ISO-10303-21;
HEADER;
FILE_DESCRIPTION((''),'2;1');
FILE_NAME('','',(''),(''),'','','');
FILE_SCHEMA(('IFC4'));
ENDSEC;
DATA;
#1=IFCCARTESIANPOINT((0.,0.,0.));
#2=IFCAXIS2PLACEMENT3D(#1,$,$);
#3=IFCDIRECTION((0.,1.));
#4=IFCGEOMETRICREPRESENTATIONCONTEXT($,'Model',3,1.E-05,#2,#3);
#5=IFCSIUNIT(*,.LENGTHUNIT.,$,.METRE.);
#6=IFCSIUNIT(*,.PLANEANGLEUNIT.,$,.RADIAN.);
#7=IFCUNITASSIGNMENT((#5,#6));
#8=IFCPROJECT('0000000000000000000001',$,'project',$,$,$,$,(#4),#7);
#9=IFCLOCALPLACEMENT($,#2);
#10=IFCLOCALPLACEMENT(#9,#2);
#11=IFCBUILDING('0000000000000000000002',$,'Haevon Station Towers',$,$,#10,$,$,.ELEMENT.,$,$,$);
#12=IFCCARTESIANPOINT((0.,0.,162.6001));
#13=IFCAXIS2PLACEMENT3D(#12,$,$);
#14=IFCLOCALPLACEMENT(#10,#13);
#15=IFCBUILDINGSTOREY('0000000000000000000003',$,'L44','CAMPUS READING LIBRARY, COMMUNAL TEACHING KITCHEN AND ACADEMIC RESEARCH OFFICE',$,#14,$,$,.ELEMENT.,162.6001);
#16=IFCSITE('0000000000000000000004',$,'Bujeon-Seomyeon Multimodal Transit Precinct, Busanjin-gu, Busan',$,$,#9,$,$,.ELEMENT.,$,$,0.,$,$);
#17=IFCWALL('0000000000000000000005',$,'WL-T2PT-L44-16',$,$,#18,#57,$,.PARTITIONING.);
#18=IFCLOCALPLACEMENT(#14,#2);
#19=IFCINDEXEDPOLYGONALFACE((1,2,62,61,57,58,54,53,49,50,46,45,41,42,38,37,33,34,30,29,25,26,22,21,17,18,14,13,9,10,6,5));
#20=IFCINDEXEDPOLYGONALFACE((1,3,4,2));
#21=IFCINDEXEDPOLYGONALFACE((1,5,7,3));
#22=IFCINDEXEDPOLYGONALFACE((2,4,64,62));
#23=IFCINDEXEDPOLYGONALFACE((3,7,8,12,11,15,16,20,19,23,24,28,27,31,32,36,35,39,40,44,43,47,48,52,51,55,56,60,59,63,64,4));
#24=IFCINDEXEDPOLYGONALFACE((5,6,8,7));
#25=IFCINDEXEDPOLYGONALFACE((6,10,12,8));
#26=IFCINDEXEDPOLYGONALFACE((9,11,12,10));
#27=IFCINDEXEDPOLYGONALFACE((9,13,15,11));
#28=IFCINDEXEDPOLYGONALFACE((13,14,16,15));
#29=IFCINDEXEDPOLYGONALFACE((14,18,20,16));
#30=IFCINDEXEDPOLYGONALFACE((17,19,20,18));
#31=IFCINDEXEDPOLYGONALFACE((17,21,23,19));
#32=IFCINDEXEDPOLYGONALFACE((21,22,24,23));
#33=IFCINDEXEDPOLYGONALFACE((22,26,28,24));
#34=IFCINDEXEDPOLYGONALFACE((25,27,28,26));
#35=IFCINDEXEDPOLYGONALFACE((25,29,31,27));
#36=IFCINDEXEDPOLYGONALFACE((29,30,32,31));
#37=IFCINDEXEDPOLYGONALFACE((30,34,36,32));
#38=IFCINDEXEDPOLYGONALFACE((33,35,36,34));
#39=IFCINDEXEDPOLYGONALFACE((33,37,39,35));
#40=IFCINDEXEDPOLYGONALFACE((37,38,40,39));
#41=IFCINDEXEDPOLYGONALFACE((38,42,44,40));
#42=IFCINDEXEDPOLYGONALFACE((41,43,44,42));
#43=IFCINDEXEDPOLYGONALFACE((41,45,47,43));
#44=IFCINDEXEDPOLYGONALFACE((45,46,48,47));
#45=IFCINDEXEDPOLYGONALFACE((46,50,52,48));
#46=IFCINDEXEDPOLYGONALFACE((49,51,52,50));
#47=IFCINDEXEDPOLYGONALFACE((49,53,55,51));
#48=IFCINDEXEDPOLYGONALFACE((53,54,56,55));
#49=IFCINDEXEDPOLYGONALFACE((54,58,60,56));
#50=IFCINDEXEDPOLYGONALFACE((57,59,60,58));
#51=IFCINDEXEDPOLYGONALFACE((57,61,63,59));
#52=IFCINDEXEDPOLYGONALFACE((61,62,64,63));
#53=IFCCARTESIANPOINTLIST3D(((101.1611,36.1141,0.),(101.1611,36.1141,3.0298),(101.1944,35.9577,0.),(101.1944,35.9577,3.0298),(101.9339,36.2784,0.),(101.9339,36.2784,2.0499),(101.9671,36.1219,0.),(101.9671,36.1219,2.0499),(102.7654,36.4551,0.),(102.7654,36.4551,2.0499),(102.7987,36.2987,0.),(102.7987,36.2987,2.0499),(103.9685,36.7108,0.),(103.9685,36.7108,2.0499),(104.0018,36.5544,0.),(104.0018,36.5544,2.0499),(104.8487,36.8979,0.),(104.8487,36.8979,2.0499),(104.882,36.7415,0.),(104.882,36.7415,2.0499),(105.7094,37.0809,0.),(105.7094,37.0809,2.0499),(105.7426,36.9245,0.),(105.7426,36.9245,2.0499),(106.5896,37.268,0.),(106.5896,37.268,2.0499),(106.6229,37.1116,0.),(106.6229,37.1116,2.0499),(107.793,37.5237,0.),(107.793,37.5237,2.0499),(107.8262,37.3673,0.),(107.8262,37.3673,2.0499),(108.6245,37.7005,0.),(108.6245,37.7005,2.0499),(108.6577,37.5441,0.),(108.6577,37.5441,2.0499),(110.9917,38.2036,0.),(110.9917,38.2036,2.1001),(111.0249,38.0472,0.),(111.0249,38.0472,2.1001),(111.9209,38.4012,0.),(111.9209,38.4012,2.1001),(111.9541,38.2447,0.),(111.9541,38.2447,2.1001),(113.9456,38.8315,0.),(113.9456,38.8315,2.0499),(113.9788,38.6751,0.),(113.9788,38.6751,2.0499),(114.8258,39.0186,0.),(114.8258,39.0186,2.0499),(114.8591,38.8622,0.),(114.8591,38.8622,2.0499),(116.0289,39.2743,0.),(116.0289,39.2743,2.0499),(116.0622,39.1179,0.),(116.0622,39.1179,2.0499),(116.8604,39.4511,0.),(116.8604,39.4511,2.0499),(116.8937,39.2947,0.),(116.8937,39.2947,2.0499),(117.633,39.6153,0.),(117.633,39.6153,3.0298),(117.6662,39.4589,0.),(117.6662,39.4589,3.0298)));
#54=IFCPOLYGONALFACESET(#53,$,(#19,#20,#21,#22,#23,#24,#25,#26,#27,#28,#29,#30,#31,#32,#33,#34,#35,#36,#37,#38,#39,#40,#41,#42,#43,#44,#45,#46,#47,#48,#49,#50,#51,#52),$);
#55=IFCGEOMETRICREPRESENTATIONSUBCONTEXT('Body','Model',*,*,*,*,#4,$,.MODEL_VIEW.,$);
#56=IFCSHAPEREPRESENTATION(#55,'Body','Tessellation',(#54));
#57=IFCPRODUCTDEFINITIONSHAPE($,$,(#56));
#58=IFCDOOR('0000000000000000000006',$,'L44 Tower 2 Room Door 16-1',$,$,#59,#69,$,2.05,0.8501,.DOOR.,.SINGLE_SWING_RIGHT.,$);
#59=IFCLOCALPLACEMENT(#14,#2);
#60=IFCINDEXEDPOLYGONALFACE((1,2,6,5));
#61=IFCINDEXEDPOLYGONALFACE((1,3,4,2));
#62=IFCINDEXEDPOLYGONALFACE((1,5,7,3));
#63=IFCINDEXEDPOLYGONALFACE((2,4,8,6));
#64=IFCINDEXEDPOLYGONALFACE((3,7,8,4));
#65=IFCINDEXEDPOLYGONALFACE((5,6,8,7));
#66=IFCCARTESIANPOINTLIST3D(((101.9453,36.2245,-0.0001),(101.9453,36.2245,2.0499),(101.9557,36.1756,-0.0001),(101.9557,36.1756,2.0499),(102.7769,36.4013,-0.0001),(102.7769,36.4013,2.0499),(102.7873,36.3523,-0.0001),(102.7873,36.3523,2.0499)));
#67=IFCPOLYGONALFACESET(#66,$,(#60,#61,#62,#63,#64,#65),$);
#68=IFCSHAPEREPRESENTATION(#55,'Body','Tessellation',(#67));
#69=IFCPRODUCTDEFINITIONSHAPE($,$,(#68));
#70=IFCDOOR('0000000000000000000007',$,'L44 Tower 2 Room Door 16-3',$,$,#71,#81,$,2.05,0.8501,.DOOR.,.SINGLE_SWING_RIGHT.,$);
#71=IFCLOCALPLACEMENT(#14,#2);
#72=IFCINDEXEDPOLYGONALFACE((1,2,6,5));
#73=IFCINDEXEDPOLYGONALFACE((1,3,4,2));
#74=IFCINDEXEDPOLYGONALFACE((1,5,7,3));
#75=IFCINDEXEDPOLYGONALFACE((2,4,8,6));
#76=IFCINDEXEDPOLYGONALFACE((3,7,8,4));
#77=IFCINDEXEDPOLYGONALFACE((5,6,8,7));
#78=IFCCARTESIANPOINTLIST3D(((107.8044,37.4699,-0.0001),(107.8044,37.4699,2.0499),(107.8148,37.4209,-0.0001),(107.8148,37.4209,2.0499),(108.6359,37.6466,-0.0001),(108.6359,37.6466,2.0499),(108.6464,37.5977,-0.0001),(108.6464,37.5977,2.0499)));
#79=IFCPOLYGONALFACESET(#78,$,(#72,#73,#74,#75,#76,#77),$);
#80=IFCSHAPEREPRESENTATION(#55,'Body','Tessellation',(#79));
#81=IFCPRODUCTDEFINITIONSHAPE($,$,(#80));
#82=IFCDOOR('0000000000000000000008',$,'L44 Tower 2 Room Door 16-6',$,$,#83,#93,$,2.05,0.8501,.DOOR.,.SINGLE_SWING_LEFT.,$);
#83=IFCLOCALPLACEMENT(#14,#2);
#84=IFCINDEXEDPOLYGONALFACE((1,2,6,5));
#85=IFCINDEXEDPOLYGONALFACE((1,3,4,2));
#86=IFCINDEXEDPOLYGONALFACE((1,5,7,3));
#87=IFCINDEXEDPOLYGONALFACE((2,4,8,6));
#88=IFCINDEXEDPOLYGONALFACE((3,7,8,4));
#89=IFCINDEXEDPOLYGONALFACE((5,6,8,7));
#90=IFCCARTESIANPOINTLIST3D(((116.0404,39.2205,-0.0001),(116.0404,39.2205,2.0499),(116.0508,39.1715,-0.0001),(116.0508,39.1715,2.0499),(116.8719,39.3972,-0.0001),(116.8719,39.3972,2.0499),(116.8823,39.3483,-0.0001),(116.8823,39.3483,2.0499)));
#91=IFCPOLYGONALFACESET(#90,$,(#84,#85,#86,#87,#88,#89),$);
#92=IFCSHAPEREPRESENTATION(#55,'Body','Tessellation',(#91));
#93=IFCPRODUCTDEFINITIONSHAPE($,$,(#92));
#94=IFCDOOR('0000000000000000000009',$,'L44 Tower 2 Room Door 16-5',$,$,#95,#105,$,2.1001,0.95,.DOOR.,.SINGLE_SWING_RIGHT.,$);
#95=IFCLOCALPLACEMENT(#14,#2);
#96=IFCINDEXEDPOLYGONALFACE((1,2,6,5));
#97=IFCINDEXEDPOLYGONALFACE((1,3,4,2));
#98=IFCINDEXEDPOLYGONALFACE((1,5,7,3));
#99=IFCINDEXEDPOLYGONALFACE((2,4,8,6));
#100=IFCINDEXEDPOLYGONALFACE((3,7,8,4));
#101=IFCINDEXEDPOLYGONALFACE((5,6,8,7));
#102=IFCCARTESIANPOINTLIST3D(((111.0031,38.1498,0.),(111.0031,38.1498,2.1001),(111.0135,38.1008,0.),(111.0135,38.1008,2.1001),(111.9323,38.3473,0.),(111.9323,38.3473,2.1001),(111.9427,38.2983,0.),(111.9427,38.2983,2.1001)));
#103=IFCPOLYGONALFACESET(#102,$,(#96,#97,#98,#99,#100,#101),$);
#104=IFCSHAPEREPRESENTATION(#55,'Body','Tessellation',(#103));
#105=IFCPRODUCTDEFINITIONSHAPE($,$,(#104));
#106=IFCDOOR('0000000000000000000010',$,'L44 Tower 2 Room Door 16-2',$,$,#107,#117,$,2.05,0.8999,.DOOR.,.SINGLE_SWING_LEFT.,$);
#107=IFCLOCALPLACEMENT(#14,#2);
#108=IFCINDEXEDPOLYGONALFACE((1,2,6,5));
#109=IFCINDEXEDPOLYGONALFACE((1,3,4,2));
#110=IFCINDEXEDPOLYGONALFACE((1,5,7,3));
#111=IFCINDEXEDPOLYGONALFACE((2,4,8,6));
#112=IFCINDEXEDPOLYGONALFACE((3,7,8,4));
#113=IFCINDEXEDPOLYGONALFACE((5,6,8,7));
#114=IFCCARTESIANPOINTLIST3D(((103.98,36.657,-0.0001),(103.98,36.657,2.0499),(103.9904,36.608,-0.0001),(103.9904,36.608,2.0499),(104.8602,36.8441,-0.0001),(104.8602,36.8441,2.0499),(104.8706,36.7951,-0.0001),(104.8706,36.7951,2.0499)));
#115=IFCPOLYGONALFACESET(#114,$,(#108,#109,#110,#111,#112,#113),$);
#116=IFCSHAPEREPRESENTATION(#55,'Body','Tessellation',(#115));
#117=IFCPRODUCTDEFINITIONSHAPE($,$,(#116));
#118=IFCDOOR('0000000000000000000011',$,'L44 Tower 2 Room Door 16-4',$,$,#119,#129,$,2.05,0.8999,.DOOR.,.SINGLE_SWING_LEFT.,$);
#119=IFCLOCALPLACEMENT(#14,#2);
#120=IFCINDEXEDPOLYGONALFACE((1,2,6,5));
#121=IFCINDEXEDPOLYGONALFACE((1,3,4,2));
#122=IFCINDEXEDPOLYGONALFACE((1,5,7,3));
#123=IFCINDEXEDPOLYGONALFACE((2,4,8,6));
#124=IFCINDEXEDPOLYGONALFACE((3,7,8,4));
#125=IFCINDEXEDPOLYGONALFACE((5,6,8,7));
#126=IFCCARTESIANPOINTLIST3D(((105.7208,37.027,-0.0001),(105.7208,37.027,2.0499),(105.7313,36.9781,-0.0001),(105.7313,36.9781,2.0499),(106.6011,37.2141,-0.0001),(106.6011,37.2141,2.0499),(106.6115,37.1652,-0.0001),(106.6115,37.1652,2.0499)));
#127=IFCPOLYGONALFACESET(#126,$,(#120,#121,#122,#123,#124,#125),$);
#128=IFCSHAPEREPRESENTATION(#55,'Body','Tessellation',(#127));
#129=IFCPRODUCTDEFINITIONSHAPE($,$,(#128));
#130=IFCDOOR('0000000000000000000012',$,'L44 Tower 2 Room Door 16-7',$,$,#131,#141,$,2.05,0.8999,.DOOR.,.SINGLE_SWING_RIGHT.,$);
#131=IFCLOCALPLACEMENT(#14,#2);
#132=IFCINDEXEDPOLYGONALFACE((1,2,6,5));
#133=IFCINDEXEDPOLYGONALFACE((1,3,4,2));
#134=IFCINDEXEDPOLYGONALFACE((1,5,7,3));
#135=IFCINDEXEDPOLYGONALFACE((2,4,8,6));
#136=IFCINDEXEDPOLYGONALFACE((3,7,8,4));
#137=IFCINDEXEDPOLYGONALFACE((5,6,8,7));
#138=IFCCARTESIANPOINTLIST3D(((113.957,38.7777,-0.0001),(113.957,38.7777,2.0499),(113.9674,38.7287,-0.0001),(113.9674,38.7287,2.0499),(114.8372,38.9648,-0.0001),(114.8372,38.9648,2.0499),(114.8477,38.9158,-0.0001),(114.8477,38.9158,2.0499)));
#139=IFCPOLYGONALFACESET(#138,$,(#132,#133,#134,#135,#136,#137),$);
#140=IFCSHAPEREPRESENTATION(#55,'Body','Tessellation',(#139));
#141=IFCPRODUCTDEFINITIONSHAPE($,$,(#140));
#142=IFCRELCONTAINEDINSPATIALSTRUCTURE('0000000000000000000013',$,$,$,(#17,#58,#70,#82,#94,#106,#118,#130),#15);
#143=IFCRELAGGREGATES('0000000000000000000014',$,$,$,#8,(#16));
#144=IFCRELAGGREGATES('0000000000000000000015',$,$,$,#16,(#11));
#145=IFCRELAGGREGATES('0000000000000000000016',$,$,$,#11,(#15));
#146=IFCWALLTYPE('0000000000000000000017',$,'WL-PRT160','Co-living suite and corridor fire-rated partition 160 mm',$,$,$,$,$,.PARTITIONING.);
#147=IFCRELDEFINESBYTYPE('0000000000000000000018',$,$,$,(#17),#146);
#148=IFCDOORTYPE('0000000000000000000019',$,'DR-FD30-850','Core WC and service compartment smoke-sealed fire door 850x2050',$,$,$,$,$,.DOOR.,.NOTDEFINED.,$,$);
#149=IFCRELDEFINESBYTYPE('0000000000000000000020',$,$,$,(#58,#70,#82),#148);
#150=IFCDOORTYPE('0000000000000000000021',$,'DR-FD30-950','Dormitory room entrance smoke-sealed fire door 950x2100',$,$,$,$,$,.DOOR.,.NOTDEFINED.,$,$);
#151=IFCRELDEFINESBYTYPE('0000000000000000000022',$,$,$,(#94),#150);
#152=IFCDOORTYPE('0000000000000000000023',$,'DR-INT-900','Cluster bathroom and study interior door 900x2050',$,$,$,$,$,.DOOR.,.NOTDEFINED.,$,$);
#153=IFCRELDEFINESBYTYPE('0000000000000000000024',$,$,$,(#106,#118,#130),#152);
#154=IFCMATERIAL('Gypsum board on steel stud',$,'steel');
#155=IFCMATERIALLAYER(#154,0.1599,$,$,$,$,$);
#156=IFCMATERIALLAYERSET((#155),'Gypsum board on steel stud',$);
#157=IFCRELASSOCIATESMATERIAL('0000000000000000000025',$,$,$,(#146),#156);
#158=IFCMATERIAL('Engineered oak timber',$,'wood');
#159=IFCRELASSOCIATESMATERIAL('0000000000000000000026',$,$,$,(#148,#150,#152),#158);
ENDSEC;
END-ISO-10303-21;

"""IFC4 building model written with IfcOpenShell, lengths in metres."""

from ifc_helpers import new_model, si_unit, direction, frame, frame_2d, origin, place, context, subcontext, project, spatial, rectangle, extrude, material, layer, layer_set, type_object, element, fill, save


model = new_model("IFC4")

# Units and contexts
model_context = context("Model", 3, precision=1e-05, world=origin(), true_north=direction((0.0, 1.0)))
body_context = subcontext(model_context, "Body", "Model", "MODEL_VIEW")
ifc_project = project(units=[si_unit("LENGTHUNIT", "METRE"), si_unit("PLANEANGLEUNIT", "RADIAN")], contexts=[model_context])

# Site, building, storey
site_placement = place(None, origin())
site = spatial("IfcSite", under=ifc_project, at=site_placement, Name="Bujeon-Seomyeon Multimodal Transit Precinct, Busanjin-gu, Busan", CompositionType="ELEMENT", RefElevation=0.0)
building_placement = place(site_placement, origin())
building = spatial("IfcBuilding", under=site, at=building_placement, Name="Haevon Station Towers", CompositionType="ELEMENT")
storey_placement = place(building_placement, frame((0.0, 0.0, 162.6001)))
storey = spatial("IfcBuildingStorey", under=building, at=storey_placement, Name="L44", Description="CAMPUS READING LIBRARY, COMMUNAL TEACHING KITCHEN AND ACADEMIC RESEARCH OFFICE", CompositionType="ELEMENT", Elevation=162.6001)

# Shared definitions
ifc_material_1 = material(Name="Gypsum board on steel stud", Category="steel")

# Wall, openings, doors
ifc_layer_1 = layer(ifc_material_1, 0.1599)
ifc_layer_set_1 = layer_set([ifc_layer_1], Name="Gypsum board on steel stud")
wall_type_1 = type_object("IfcWallType", Name="WL-PRT160", Description="Co-living suite and corridor fire-rated partition 160 mm", PredefinedType="PARTITIONING", material=ifc_layer_set_1)
wall_1_placement = place(storey_placement, frame((101.1777, 36.0359, 0.0), z_axis=(0.0, 0.0, 1.0), x_axis=(0.978148, 0.207912, 0.0)))
wall_1 = element("IfcWall", 1, at=wall_1_placement, inside=storey, type_object=wall_type_1, Name="WL-T2PT-L44-16", PredefinedType="PARTITIONING", context=body_context, shape_type="SweptSolid", body=[
    extrude(rectangle(XDim=16.8398, YDim=0.1599, at=frame_2d((8.4199, 0.0))), origin(), (0.0, 0.0, 1.0), 3.0298),
])
opening_1_placement = place(wall_1_placement, frame((0.79, 0.0, 0.0)))
opening_1 = element("IfcOpeningElement", 2, at=opening_1_placement, cuts=wall_1, PredefinedType="OPENING", context=body_context, shape_type="SweptSolid", body=[
    extrude(rectangle(XDim=0.8501, YDim=2.05, at=frame_2d((0.425, 1.0249))), frame((0.0, 0.0898, 0.0), z_axis=(0.0, -1.0, 0.0), x_axis=(1.0, 0.0, 0.0)), (0.0, 0.0, 1.0), 0.1799),
])
opening_2_placement = place(wall_1_placement, frame((2.8701, 0.0, 0.0)))
opening_2 = element("IfcOpeningElement", 3, at=opening_2_placement, cuts=wall_1, PredefinedType="OPENING", context=body_context, shape_type="SweptSolid", body=[
    extrude(rectangle(XDim=0.8999, YDim=2.05, at=frame_2d((0.45, 1.0249))), frame((0.0, 0.0898, 0.0), z_axis=(0.0, -1.0, 0.0), x_axis=(1.0, 0.0, 0.0)), (0.0, 0.0, 1.0), 0.1799),
])
opening_3_placement = place(wall_1_placement, frame((6.78, 0.0, 0.0)))
opening_3 = element("IfcOpeningElement", 4, at=opening_3_placement, cuts=wall_1, PredefinedType="OPENING", context=body_context, shape_type="SweptSolid", body=[
    extrude(rectangle(XDim=0.8501, YDim=2.05, at=frame_2d((0.425, 1.0249))), frame((0.0, 0.0898, 0.0), z_axis=(0.0, -1.0, 0.0), x_axis=(1.0, 0.0, 0.0)), (0.0, 0.0, 1.0), 0.1799),
])
opening_4_placement = place(wall_1_placement, frame((4.6499, 0.0, 0.0)))
opening_4 = element("IfcOpeningElement", 5, at=opening_4_placement, cuts=wall_1, PredefinedType="OPENING", context=body_context, shape_type="SweptSolid", body=[
    extrude(rectangle(XDim=0.8999, YDim=2.05, at=frame_2d((0.45, 1.0249))), frame((0.0, 0.0898, 0.0), z_axis=(0.0, -1.0, 0.0), x_axis=(1.0, 0.0, 0.0)), (0.0, 0.0, 1.0), 0.1799),
])
opening_5_placement = place(wall_1_placement, frame((10.05, 0.0, 0.0)))
opening_5 = element("IfcOpeningElement", 6, at=opening_5_placement, cuts=wall_1, PredefinedType="OPENING", context=body_context, shape_type="SweptSolid", body=[
    extrude(rectangle(XDim=0.95, YDim=2.1001, at=frame_2d((0.4751, 1.05))), frame((0.0, 0.0898, 0.0), z_axis=(0.0, -1.0, 0.0), x_axis=(1.0, 0.0, 0.0)), (0.0, 0.0, 1.0), 0.1799),
])
opening_6_placement = place(wall_1_placement, frame((15.2, 0.0, 0.0)))
opening_6 = element("IfcOpeningElement", 7, at=opening_6_placement, cuts=wall_1, PredefinedType="OPENING", context=body_context, shape_type="SweptSolid", body=[
    extrude(rectangle(XDim=0.8501, YDim=2.05, at=frame_2d((0.425, 1.0249))), frame((0.0, 0.0898, 0.0), z_axis=(0.0, -1.0, 0.0), x_axis=(1.0, 0.0, 0.0)), (0.0, 0.0, 1.0), 0.1799),
])
opening_7_placement = place(wall_1_placement, frame((13.0701, 0.0, 0.0)))
opening_7 = element("IfcOpeningElement", 8, at=opening_7_placement, cuts=wall_1, PredefinedType="OPENING", context=body_context, shape_type="SweptSolid", body=[
    extrude(rectangle(XDim=0.8999, YDim=2.05, at=frame_2d((0.45, 1.0249))), frame((0.0, 0.0898, 0.0), z_axis=(0.0, -1.0, 0.0), x_axis=(1.0, 0.0, 0.0)), (0.0, 0.0, 1.0), 0.1799),
])
ifc_material_2 = material(Name="Engineered oak timber", Category="wood")
door_type_1 = type_object("IfcDoorType", Name="DR-FD30-850", Description="Core WC and service compartment smoke-sealed fire door 850x2050", OperationType="NOTDEFINED", PredefinedType="DOOR", material=ifc_material_2)
door_1_placement = place(opening_1_placement, origin())
door_1 = element("IfcDoor", 9, at=door_1_placement, inside=storey, type_object=door_type_1, Name="L44 Tower 2 Room Door 16-1", OperationType="SINGLE_SWING_RIGHT", OverallHeight=2.05, OverallWidth=0.8501, PredefinedType="DOOR", context=body_context, shape_type="SweptSolid", body=[
    extrude(rectangle(XDim=0.8501, YDim=2.05, at=frame_2d((0.425, 1.0249))), frame((0.0, 0.0249, 0.0), z_axis=(0.0, -1.0, 0.0), x_axis=(1.0, 0.0, 0.0)), (0.0, 0.0, 1.0), 0.05),
])
fill(opening_1, door_1)
door_2_placement = place(opening_3_placement, origin())
door_2 = element("IfcDoor", 10, at=door_2_placement, inside=storey, type_object=door_type_1, Name="L44 Tower 2 Room Door 16-3", OperationType="SINGLE_SWING_RIGHT", OverallHeight=2.05, OverallWidth=0.8501, PredefinedType="DOOR", context=body_context, shape_type="SweptSolid", body=[
    extrude(rectangle(XDim=0.8501, YDim=2.05, at=frame_2d((0.425, 1.0249))), frame((0.0, 0.0249, 0.0), z_axis=(0.0, -1.0, 0.0), x_axis=(1.0, 0.0, 0.0)), (0.0, 0.0, 1.0), 0.05),
])
fill(opening_3, door_2)
door_3_placement = place(opening_6_placement, origin())
door_3 = element("IfcDoor", 11, at=door_3_placement, inside=storey, type_object=door_type_1, Name="L44 Tower 2 Room Door 16-6", OperationType="SINGLE_SWING_LEFT", OverallHeight=2.05, OverallWidth=0.8501, PredefinedType="DOOR", context=body_context, shape_type="SweptSolid", body=[
    extrude(rectangle(XDim=0.8501, YDim=2.05, at=frame_2d((0.425, 1.0249))), frame((0.0, 0.0249, 0.0), z_axis=(0.0, -1.0, 0.0), x_axis=(1.0, 0.0, 0.0)), (0.0, 0.0, 1.0), 0.05),
])
fill(opening_6, door_3)
door_type_2 = type_object("IfcDoorType", Name="DR-FD30-950", Description="Dormitory room entrance smoke-sealed fire door 950x2100", OperationType="NOTDEFINED", PredefinedType="DOOR", material=ifc_material_2)
door_4_placement = place(opening_5_placement, origin())
door_4 = element("IfcDoor", 12, at=door_4_placement, inside=storey, type_object=door_type_2, Name="L44 Tower 2 Room Door 16-5", OperationType="SINGLE_SWING_RIGHT", OverallHeight=2.1001, OverallWidth=0.95, PredefinedType="DOOR", context=body_context, shape_type="SweptSolid", body=[
    extrude(rectangle(XDim=0.95, YDim=2.1001, at=frame_2d((0.4751, 1.05))), frame((0.0, 0.0249, 0.0), z_axis=(0.0, -1.0, 0.0), x_axis=(1.0, 0.0, 0.0)), (0.0, 0.0, 1.0), 0.05),
])
fill(opening_5, door_4)
door_type_3 = type_object("IfcDoorType", Name="DR-INT-900", Description="Cluster bathroom and study interior door 900x2050", OperationType="NOTDEFINED", PredefinedType="DOOR", material=ifc_material_2)
door_5_placement = place(opening_2_placement, origin())
door_5 = element("IfcDoor", 13, at=door_5_placement, inside=storey, type_object=door_type_3, Name="L44 Tower 2 Room Door 16-2", OperationType="SINGLE_SWING_LEFT", OverallHeight=2.05, OverallWidth=0.8999, PredefinedType="DOOR", context=body_context, shape_type="SweptSolid", body=[
    extrude(rectangle(XDim=0.8999, YDim=2.05, at=frame_2d((0.45, 1.0249))), frame((0.0, 0.0249, 0.0), z_axis=(0.0, -1.0, 0.0), x_axis=(1.0, 0.0, 0.0)), (0.0, 0.0, 1.0), 0.05),
])
fill(opening_2, door_5)
door_6_placement = place(opening_4_placement, origin())
door_6 = element("IfcDoor", 14, at=door_6_placement, inside=storey, type_object=door_type_3, Name="L44 Tower 2 Room Door 16-4", OperationType="SINGLE_SWING_LEFT", OverallHeight=2.05, OverallWidth=0.8999, PredefinedType="DOOR", context=body_context, shape_type="SweptSolid", body=[
    extrude(rectangle(XDim=0.8999, YDim=2.05, at=frame_2d((0.45, 1.0249))), frame((0.0, 0.0249, 0.0), z_axis=(0.0, -1.0, 0.0), x_axis=(1.0, 0.0, 0.0)), (0.0, 0.0, 1.0), 0.05),
])
fill(opening_4, door_6)
door_7_placement = place(opening_7_placement, origin())
door_7 = element("IfcDoor", 15, at=door_7_placement, inside=storey, type_object=door_type_3, Name="L44 Tower 2 Room Door 16-7", OperationType="SINGLE_SWING_RIGHT", OverallHeight=2.05, OverallWidth=0.8999, PredefinedType="DOOR", context=body_context, shape_type="SweptSolid", body=[
    extrude(rectangle(XDim=0.8999, YDim=2.05, at=frame_2d((0.45, 1.0249))), frame((0.0, 0.0249, 0.0), z_axis=(0.0, -1.0, 0.0), x_axis=(1.0, 0.0, 0.0)), (0.0, 0.0, 1.0), 0.05),
])
fill(opening_7, door_7)

save(model, "model.ifc")
